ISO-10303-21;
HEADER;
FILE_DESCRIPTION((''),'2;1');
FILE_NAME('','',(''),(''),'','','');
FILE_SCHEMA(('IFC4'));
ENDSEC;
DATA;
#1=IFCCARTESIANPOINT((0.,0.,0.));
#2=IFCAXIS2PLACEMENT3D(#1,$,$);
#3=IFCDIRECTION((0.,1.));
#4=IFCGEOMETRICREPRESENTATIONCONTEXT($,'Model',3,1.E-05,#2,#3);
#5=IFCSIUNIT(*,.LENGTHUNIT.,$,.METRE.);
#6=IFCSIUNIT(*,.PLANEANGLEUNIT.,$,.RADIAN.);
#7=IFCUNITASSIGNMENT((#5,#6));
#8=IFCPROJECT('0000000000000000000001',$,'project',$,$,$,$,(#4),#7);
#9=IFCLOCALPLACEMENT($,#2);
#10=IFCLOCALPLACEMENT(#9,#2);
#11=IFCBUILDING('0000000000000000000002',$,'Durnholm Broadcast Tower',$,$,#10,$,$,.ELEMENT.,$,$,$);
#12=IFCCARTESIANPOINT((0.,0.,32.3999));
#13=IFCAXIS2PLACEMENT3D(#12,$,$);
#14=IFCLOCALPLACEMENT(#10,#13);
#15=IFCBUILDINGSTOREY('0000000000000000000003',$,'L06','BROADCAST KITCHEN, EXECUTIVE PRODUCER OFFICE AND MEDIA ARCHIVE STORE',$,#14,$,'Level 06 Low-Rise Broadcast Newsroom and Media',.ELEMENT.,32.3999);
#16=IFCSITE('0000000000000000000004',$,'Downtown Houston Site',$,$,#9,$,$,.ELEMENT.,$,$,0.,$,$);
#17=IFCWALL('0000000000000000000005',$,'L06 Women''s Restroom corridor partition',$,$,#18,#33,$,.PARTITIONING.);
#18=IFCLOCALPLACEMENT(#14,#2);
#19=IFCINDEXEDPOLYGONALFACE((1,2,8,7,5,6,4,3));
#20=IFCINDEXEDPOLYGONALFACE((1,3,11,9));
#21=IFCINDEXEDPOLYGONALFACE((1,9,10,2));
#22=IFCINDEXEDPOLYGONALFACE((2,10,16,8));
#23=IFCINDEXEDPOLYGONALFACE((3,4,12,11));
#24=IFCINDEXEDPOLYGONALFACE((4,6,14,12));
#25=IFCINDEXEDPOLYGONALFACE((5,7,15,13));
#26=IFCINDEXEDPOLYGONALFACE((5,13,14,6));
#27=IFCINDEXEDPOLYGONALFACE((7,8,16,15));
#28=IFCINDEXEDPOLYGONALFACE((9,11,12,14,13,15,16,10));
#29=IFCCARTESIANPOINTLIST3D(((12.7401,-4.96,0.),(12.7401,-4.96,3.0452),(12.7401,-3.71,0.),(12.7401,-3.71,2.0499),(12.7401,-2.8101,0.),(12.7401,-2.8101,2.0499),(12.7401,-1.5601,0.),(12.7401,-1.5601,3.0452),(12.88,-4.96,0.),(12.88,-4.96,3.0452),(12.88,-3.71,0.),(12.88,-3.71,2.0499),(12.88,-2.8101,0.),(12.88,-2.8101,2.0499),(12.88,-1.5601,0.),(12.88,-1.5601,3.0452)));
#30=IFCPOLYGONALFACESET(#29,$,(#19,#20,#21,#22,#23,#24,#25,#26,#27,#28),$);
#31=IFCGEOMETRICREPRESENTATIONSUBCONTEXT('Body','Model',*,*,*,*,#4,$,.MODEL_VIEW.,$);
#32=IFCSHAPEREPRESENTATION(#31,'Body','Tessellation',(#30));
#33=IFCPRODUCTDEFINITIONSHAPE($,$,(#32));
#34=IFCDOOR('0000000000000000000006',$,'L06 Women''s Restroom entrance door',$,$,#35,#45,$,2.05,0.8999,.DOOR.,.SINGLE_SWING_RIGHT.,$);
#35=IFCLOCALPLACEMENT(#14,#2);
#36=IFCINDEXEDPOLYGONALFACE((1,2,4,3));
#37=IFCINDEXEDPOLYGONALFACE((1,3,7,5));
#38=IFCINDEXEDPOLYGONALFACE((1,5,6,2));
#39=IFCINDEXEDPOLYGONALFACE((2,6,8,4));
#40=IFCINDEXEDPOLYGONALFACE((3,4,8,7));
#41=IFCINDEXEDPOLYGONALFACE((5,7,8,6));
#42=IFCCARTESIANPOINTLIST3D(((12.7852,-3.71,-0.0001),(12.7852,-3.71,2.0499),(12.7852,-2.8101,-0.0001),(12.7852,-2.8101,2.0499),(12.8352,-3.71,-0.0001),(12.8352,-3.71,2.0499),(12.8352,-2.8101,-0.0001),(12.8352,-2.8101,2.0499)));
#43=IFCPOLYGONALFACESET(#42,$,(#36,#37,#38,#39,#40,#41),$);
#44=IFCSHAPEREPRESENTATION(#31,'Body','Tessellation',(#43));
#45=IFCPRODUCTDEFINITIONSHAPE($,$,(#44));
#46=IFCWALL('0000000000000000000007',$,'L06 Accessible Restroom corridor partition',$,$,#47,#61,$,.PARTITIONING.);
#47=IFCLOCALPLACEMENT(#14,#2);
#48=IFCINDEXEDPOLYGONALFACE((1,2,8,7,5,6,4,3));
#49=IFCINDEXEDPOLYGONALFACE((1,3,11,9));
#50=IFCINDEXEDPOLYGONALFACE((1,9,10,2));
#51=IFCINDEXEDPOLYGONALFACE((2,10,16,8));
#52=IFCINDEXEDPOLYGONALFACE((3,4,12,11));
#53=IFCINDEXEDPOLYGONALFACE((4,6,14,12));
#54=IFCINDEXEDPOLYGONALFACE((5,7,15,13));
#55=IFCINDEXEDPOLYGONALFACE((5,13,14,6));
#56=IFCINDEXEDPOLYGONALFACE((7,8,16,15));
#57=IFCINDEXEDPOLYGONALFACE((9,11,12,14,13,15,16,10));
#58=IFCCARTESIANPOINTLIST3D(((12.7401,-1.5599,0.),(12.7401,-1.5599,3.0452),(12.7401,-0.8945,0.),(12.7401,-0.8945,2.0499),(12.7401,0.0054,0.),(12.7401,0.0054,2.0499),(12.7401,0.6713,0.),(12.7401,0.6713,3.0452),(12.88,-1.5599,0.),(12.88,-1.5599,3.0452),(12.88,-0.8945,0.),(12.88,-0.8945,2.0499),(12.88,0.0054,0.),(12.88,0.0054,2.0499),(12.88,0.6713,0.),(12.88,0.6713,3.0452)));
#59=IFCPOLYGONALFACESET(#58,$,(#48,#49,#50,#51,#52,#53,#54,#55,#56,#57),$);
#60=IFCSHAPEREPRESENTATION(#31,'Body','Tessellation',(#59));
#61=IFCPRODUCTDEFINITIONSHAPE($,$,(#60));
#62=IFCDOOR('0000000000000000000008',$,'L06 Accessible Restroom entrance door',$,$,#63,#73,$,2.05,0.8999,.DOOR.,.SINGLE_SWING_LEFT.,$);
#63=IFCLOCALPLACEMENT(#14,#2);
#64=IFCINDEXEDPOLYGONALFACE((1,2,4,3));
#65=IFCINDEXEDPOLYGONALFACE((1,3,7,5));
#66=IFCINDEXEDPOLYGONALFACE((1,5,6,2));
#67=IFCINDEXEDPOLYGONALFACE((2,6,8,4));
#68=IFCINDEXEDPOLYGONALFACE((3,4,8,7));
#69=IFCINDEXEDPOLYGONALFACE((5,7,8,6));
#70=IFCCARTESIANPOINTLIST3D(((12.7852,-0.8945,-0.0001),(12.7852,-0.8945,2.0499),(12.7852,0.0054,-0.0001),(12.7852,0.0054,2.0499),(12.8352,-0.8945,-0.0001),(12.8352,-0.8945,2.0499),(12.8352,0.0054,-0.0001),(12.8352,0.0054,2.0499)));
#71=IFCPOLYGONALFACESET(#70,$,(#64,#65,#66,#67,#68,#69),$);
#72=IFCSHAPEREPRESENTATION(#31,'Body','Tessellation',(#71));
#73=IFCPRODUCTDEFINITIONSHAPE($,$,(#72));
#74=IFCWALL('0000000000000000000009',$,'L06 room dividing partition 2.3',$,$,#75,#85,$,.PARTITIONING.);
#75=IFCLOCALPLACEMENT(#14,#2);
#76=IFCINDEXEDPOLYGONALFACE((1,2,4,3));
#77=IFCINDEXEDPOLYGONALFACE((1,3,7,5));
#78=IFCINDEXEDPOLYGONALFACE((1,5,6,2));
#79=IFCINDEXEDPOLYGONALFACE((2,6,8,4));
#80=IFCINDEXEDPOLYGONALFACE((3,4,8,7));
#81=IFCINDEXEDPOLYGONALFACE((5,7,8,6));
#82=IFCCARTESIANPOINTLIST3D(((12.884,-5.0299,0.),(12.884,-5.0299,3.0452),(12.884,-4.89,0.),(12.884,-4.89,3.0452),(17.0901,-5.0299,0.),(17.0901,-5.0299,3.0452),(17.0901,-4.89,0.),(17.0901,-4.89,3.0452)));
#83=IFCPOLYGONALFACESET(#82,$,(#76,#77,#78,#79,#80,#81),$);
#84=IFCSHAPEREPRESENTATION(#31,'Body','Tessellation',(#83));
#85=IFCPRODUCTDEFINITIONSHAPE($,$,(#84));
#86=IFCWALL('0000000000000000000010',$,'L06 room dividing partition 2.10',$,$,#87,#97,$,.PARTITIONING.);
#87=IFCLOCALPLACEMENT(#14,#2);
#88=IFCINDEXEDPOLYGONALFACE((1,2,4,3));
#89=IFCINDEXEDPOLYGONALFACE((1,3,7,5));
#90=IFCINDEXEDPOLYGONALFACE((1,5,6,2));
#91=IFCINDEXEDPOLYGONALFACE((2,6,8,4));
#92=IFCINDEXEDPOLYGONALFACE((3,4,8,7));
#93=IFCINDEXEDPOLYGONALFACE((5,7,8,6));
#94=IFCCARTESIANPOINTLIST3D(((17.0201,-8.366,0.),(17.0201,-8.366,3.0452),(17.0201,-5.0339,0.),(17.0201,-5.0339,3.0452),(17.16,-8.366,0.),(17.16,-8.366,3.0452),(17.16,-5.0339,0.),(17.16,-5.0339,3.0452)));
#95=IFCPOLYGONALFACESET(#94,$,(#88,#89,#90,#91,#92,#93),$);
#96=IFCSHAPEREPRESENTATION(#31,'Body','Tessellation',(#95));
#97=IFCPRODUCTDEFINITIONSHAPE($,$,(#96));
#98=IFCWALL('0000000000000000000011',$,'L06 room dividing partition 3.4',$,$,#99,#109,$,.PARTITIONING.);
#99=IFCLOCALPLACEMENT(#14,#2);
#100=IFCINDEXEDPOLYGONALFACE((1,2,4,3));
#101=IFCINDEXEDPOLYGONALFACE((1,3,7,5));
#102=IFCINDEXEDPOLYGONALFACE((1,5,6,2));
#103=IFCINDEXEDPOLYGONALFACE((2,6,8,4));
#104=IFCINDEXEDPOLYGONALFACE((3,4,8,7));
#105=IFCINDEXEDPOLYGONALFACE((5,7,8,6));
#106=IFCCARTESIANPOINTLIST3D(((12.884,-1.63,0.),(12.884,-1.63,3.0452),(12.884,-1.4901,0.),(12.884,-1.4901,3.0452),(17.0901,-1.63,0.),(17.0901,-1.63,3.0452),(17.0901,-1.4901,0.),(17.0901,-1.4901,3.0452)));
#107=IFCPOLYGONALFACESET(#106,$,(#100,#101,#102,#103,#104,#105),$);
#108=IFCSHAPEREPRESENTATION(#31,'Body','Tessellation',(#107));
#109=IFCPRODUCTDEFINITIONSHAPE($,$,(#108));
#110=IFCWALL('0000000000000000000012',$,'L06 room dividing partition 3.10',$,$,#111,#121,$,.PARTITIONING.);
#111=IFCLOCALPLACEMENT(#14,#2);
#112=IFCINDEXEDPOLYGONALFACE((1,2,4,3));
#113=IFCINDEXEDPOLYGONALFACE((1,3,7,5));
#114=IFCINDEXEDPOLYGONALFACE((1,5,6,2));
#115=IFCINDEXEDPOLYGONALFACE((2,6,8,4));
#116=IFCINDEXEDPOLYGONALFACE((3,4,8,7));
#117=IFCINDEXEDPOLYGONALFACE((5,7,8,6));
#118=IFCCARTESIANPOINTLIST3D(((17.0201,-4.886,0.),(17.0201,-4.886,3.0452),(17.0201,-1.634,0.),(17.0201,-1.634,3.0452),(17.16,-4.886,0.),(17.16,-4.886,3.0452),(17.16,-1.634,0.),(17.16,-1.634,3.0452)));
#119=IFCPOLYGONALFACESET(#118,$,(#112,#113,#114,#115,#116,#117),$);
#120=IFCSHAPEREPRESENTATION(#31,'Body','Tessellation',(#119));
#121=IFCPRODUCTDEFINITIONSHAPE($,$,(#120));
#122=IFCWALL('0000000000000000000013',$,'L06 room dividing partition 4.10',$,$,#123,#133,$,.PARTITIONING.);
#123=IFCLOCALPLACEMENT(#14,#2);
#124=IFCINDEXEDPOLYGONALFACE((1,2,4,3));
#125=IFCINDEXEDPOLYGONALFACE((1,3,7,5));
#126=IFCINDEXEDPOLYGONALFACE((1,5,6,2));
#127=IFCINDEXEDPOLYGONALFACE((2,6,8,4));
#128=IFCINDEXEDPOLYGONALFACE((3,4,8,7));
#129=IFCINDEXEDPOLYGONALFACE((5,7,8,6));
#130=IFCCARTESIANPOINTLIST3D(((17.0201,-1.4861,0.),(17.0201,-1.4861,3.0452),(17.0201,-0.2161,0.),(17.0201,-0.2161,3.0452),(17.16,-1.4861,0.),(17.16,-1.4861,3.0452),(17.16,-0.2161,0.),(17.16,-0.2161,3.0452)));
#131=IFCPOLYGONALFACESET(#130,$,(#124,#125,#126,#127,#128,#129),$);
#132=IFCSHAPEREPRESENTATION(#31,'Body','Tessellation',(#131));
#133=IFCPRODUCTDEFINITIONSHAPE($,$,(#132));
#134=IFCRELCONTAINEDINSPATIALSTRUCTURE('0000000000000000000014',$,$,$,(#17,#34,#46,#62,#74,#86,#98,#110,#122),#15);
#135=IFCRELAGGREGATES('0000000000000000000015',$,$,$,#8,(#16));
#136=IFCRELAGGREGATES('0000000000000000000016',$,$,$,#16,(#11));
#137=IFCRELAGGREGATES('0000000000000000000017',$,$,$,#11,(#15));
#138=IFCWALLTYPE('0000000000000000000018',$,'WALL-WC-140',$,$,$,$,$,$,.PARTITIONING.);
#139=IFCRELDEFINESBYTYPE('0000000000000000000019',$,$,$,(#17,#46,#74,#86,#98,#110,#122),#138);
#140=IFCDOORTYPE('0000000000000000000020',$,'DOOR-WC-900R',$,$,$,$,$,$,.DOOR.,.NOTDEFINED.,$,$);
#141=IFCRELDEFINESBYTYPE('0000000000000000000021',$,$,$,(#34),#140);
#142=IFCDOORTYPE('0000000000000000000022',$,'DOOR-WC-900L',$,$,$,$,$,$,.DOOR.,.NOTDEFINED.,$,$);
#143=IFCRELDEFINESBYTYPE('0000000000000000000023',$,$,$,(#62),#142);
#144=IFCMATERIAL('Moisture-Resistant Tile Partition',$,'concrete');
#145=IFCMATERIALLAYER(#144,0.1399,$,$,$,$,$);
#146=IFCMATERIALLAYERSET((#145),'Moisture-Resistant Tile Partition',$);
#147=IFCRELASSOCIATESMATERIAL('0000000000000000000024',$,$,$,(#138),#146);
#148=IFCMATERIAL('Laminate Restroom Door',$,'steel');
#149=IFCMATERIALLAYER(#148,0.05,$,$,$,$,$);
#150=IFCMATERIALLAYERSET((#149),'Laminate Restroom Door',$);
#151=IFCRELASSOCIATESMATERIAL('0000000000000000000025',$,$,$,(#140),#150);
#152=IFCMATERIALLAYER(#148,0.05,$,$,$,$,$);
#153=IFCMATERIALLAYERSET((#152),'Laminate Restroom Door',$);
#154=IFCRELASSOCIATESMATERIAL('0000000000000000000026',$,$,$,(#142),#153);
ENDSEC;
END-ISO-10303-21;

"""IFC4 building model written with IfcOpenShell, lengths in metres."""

from ifc_helpers import new_model, si_unit, direction, frame, frame_2d, origin, place, context, subcontext, project, spatial, rectangle, extrude, source, transform, mapped, material, layer, layer_set, type_object, type_shapes, element, fill, save


model = new_model("IFC4")

# Units and contexts
model_context = context("Model", 3, precision=1e-05, world=origin(), true_north=direction((0.0, 1.0)))
body_context = subcontext(model_context, "Body", "Model", "MODEL_VIEW")
ifc_project = project(units=[si_unit("LENGTHUNIT", "METRE"), si_unit("PLANEANGLEUNIT", "RADIAN")], contexts=[model_context])

# Site, building, storey
site_placement = place(None, origin())
site = spatial("IfcSite", under=ifc_project, at=site_placement, Name="Downtown Houston Site", CompositionType="ELEMENT", RefElevation=0.0)
building_placement = place(site_placement, origin())
building = spatial("IfcBuilding", under=site, at=building_placement, Name="Durnholm Broadcast Tower", CompositionType="ELEMENT")
storey_placement = place(building_placement, frame((0.0, 0.0, 32.3999)))
storey = spatial("IfcBuildingStorey", under=building, at=storey_placement, Name="L06", Description="BROADCAST KITCHEN, EXECUTIVE PRODUCER OFFICE AND MEDIA ARCHIVE STORE", LongName="Level 06 Low-Rise Broadcast Newsroom and Media", CompositionType="ELEMENT", Elevation=32.3999)

# Walls, openings, doors
ifc_material_1 = material(Name="Moisture-Resistant Tile Partition", Category="concrete")
ifc_layer_1 = layer(ifc_material_1, 0.1399)
ifc_layer_set_1 = layer_set([ifc_layer_1], Name="Moisture-Resistant Tile Partition")
wall_type = type_object("IfcWallType", Name="WALL-WC-140", PredefinedType="PARTITIONING", material=ifc_layer_set_1)
wall_1_placement = place(storey_placement, frame((12.8101, -4.96, 0.0), z_axis=(0.0, 0.0, 1.0), x_axis=(0.0, 1.0, 0.0)))
wall_1 = element("IfcWall", 1, at=wall_1_placement, inside=storey, type_object=wall_type, Name="L06 Women's Restroom corridor partition", PredefinedType="PARTITIONING", context=body_context, shape_type="SweptSolid", body=[
    extrude(rectangle(XDim=3.3999, YDim=0.1399, at=frame_2d((1.7, 0.0))), origin(), (0.0, 0.0, 1.0), 3.0452),
])
opening_1_placement = place(wall_1_placement, frame((1.25, 0.0, 0.0)))
opening_1 = element("IfcOpeningElement", 2, at=opening_1_placement, cuts=wall_1, PredefinedType="OPENING", context=body_context, shape_type="SweptSolid", body=[
    extrude(rectangle(XDim=0.8999, YDim=2.05, at=frame_2d((0.45, 1.0249))), frame((0.0, 0.0801, 0.0), z_axis=(0.0, -1.0, 0.0), x_axis=(1.0, 0.0, 0.0)), (0.0, 0.0, 1.0), 0.1599),
])
ifc_material_2 = material(Name="Laminate Restroom Door", Category="steel")
ifc_layer_2 = layer(ifc_material_2, 0.05)
ifc_layer_set_2 = layer_set([ifc_layer_2], Name="Laminate Restroom Door")
door_type_1 = type_object("IfcDoorType", Name="DOOR-WC-900R", OperationType="NOTDEFINED", PredefinedType="DOOR", material=ifc_layer_set_2)
shared_shape_1 = source(origin(), body_context, "Body", "SweptSolid", [
    extrude(rectangle(XDim=0.8999, YDim=2.05, at=frame_2d((0.45, 1.0249))), frame((0.0, 0.0249, 0.0), z_axis=(0.0, -1.0, 0.0), x_axis=(1.0, 0.0, 0.0)), (0.0, 0.0, 1.0), 0.05),
])
type_shapes(door_type_1, [shared_shape_1])
door_1_placement = place(opening_1_placement, origin())
door_1 = element("IfcDoor", 3, at=door_1_placement, inside=storey, type_object=door_type_1, Name="L06 Women's Restroom entrance door", OperationType="SINGLE_SWING_RIGHT", OverallHeight=2.05, OverallWidth=0.8999, PredefinedType="DOOR", context=body_context, shape_type="MappedRepresentation", body=[
    mapped(shared_shape_1, transform((0.0, 0.0, 0.0), x_axis=(1.0, 0.0, 0.0), y_axis=(0.0, 1.0, 0.0), z_axis=(0.0, 0.0, 1.0), scale=1.0)),
])
fill(opening_1, door_1)
wall_2_placement = place(storey_placement, frame((12.8101, -1.5601, 0.0), z_axis=(0.0, 0.0, 1.0), x_axis=(0.0, 1.0, 0.0)))
wall_2 = element("IfcWall", 4, at=wall_2_placement, inside=storey, type_object=wall_type, Name="L06 Accessible Restroom corridor partition", PredefinedType="PARTITIONING", context=body_context, shape_type="SweptSolid", body=[
    extrude(rectangle(XDim=2.2312, YDim=0.1399, at=frame_2d((1.1157, 0.0))), origin(), (0.0, 0.0, 1.0), 3.0452),
])
opening_2_placement = place(wall_2_placement, frame((0.6655, 0.0, 0.0)))
opening_2 = element("IfcOpeningElement", 5, at=opening_2_placement, cuts=wall_2, PredefinedType="OPENING", context=body_context, shape_type="SweptSolid", body=[
    extrude(rectangle(XDim=0.8999, YDim=2.05, at=frame_2d((0.45, 1.0249))), frame((0.0, 0.0801, 0.0), z_axis=(0.0, -1.0, 0.0), x_axis=(1.0, 0.0, 0.0)), (0.0, 0.0, 1.0), 0.1599),
])
ifc_layer_3 = layer(ifc_material_2, 0.05)
ifc_layer_set_3 = layer_set([ifc_layer_3], Name="Laminate Restroom Door")
door_type_2 = type_object("IfcDoorType", Name="DOOR-WC-900L", OperationType="NOTDEFINED", PredefinedType="DOOR", material=ifc_layer_set_3)
shared_shape_2 = source(origin(), body_context, "Body", "SweptSolid", [
    extrude(rectangle(XDim=0.8999, YDim=2.05, at=frame_2d((0.45, 1.0249))), frame((0.0, 0.0249, 0.0), z_axis=(0.0, -1.0, 0.0), x_axis=(1.0, 0.0, 0.0)), (0.0, 0.0, 1.0), 0.05),
])
type_shapes(door_type_2, [shared_shape_2])
door_2_placement = place(opening_2_placement, origin())
door_2 = element("IfcDoor", 6, at=door_2_placement, inside=storey, type_object=door_type_2, Name="L06 Accessible Restroom entrance door", OperationType="SINGLE_SWING_LEFT", OverallHeight=2.05, OverallWidth=0.8999, PredefinedType="DOOR", context=body_context, shape_type="MappedRepresentation", body=[
    mapped(shared_shape_2, transform((0.0, 0.0, 0.0), x_axis=(1.0, 0.0, 0.0), y_axis=(0.0, 1.0, 0.0), z_axis=(0.0, 0.0, 1.0), scale=1.0)),
])
fill(opening_2, door_2)

# Walls
wall_3_placement = place(storey_placement, frame((12.884, -4.96, 0.0), z_axis=(0.0, 0.0, 1.0), x_axis=(1.0, 0.0, 0.0)))
element("IfcWall", 7, at=wall_3_placement, inside=storey, type_object=wall_type, Name="L06 room dividing partition 2.3", PredefinedType="PARTITIONING", context=body_context, shape_type="SweptSolid", body=[
    extrude(rectangle(XDim=4.2061, YDim=0.1399, at=frame_2d((2.103, 0.0))), origin(), (0.0, 0.0, 1.0), 3.0452),
])
wall_4_placement = place(storey_placement, frame((17.0901, -5.0339, 0.0), z_axis=(0.0, 0.0, 1.0), x_axis=(0.0, -1.0, 0.0)))
element("IfcWall", 8, at=wall_4_placement, inside=storey, type_object=wall_type, Name="L06 room dividing partition 2.10", PredefinedType="PARTITIONING", context=body_context, shape_type="SweptSolid", body=[
    extrude(rectangle(XDim=3.332, YDim=0.1399, at=frame_2d((1.666, 0.0))), origin(), (0.0, 0.0, 1.0), 3.0452),
])
wall_5_placement = place(storey_placement, frame((12.884, -1.5601, 0.0), z_axis=(0.0, 0.0, 1.0), x_axis=(1.0, 0.0, 0.0)))
element("IfcWall", 9, at=wall_5_placement, inside=storey, type_object=wall_type, Name="L06 room dividing partition 3.4", PredefinedType="PARTITIONING", context=body_context, shape_type="SweptSolid", body=[
    extrude(rectangle(XDim=4.2061, YDim=0.1399, at=frame_2d((2.103, 0.0))), origin(), (0.0, 0.0, 1.0), 3.0452),
])
wall_6_placement = place(storey_placement, frame((17.0901, -1.634, 0.0), z_axis=(0.0, 0.0, 1.0), x_axis=(0.0, -1.0, 0.0)))
element("IfcWall", 10, at=wall_6_placement, inside=storey, type_object=wall_type, Name="L06 room dividing partition 3.10", PredefinedType="PARTITIONING", context=body_context, shape_type="SweptSolid", body=[
    extrude(rectangle(XDim=3.252, YDim=0.1399, at=frame_2d((1.626, 0.0))), origin(), (0.0, 0.0, 1.0), 3.0452),
])
wall_7_placement = place(storey_placement, frame((17.0901, -0.2161, 0.0), z_axis=(0.0, 0.0, 1.0), x_axis=(0.0, -1.0, 0.0)))
element("IfcWall", 11, at=wall_7_placement, inside=storey, type_object=wall_type, Name="L06 room dividing partition 4.10", PredefinedType="PARTITIONING", context=body_context, shape_type="SweptSolid", body=[
    extrude(rectangle(XDim=1.27, YDim=0.1399, at=frame_2d((0.635, 0.0))), origin(), (0.0, 0.0, 1.0), 3.0452),
])

save(model, "model.ifc")
